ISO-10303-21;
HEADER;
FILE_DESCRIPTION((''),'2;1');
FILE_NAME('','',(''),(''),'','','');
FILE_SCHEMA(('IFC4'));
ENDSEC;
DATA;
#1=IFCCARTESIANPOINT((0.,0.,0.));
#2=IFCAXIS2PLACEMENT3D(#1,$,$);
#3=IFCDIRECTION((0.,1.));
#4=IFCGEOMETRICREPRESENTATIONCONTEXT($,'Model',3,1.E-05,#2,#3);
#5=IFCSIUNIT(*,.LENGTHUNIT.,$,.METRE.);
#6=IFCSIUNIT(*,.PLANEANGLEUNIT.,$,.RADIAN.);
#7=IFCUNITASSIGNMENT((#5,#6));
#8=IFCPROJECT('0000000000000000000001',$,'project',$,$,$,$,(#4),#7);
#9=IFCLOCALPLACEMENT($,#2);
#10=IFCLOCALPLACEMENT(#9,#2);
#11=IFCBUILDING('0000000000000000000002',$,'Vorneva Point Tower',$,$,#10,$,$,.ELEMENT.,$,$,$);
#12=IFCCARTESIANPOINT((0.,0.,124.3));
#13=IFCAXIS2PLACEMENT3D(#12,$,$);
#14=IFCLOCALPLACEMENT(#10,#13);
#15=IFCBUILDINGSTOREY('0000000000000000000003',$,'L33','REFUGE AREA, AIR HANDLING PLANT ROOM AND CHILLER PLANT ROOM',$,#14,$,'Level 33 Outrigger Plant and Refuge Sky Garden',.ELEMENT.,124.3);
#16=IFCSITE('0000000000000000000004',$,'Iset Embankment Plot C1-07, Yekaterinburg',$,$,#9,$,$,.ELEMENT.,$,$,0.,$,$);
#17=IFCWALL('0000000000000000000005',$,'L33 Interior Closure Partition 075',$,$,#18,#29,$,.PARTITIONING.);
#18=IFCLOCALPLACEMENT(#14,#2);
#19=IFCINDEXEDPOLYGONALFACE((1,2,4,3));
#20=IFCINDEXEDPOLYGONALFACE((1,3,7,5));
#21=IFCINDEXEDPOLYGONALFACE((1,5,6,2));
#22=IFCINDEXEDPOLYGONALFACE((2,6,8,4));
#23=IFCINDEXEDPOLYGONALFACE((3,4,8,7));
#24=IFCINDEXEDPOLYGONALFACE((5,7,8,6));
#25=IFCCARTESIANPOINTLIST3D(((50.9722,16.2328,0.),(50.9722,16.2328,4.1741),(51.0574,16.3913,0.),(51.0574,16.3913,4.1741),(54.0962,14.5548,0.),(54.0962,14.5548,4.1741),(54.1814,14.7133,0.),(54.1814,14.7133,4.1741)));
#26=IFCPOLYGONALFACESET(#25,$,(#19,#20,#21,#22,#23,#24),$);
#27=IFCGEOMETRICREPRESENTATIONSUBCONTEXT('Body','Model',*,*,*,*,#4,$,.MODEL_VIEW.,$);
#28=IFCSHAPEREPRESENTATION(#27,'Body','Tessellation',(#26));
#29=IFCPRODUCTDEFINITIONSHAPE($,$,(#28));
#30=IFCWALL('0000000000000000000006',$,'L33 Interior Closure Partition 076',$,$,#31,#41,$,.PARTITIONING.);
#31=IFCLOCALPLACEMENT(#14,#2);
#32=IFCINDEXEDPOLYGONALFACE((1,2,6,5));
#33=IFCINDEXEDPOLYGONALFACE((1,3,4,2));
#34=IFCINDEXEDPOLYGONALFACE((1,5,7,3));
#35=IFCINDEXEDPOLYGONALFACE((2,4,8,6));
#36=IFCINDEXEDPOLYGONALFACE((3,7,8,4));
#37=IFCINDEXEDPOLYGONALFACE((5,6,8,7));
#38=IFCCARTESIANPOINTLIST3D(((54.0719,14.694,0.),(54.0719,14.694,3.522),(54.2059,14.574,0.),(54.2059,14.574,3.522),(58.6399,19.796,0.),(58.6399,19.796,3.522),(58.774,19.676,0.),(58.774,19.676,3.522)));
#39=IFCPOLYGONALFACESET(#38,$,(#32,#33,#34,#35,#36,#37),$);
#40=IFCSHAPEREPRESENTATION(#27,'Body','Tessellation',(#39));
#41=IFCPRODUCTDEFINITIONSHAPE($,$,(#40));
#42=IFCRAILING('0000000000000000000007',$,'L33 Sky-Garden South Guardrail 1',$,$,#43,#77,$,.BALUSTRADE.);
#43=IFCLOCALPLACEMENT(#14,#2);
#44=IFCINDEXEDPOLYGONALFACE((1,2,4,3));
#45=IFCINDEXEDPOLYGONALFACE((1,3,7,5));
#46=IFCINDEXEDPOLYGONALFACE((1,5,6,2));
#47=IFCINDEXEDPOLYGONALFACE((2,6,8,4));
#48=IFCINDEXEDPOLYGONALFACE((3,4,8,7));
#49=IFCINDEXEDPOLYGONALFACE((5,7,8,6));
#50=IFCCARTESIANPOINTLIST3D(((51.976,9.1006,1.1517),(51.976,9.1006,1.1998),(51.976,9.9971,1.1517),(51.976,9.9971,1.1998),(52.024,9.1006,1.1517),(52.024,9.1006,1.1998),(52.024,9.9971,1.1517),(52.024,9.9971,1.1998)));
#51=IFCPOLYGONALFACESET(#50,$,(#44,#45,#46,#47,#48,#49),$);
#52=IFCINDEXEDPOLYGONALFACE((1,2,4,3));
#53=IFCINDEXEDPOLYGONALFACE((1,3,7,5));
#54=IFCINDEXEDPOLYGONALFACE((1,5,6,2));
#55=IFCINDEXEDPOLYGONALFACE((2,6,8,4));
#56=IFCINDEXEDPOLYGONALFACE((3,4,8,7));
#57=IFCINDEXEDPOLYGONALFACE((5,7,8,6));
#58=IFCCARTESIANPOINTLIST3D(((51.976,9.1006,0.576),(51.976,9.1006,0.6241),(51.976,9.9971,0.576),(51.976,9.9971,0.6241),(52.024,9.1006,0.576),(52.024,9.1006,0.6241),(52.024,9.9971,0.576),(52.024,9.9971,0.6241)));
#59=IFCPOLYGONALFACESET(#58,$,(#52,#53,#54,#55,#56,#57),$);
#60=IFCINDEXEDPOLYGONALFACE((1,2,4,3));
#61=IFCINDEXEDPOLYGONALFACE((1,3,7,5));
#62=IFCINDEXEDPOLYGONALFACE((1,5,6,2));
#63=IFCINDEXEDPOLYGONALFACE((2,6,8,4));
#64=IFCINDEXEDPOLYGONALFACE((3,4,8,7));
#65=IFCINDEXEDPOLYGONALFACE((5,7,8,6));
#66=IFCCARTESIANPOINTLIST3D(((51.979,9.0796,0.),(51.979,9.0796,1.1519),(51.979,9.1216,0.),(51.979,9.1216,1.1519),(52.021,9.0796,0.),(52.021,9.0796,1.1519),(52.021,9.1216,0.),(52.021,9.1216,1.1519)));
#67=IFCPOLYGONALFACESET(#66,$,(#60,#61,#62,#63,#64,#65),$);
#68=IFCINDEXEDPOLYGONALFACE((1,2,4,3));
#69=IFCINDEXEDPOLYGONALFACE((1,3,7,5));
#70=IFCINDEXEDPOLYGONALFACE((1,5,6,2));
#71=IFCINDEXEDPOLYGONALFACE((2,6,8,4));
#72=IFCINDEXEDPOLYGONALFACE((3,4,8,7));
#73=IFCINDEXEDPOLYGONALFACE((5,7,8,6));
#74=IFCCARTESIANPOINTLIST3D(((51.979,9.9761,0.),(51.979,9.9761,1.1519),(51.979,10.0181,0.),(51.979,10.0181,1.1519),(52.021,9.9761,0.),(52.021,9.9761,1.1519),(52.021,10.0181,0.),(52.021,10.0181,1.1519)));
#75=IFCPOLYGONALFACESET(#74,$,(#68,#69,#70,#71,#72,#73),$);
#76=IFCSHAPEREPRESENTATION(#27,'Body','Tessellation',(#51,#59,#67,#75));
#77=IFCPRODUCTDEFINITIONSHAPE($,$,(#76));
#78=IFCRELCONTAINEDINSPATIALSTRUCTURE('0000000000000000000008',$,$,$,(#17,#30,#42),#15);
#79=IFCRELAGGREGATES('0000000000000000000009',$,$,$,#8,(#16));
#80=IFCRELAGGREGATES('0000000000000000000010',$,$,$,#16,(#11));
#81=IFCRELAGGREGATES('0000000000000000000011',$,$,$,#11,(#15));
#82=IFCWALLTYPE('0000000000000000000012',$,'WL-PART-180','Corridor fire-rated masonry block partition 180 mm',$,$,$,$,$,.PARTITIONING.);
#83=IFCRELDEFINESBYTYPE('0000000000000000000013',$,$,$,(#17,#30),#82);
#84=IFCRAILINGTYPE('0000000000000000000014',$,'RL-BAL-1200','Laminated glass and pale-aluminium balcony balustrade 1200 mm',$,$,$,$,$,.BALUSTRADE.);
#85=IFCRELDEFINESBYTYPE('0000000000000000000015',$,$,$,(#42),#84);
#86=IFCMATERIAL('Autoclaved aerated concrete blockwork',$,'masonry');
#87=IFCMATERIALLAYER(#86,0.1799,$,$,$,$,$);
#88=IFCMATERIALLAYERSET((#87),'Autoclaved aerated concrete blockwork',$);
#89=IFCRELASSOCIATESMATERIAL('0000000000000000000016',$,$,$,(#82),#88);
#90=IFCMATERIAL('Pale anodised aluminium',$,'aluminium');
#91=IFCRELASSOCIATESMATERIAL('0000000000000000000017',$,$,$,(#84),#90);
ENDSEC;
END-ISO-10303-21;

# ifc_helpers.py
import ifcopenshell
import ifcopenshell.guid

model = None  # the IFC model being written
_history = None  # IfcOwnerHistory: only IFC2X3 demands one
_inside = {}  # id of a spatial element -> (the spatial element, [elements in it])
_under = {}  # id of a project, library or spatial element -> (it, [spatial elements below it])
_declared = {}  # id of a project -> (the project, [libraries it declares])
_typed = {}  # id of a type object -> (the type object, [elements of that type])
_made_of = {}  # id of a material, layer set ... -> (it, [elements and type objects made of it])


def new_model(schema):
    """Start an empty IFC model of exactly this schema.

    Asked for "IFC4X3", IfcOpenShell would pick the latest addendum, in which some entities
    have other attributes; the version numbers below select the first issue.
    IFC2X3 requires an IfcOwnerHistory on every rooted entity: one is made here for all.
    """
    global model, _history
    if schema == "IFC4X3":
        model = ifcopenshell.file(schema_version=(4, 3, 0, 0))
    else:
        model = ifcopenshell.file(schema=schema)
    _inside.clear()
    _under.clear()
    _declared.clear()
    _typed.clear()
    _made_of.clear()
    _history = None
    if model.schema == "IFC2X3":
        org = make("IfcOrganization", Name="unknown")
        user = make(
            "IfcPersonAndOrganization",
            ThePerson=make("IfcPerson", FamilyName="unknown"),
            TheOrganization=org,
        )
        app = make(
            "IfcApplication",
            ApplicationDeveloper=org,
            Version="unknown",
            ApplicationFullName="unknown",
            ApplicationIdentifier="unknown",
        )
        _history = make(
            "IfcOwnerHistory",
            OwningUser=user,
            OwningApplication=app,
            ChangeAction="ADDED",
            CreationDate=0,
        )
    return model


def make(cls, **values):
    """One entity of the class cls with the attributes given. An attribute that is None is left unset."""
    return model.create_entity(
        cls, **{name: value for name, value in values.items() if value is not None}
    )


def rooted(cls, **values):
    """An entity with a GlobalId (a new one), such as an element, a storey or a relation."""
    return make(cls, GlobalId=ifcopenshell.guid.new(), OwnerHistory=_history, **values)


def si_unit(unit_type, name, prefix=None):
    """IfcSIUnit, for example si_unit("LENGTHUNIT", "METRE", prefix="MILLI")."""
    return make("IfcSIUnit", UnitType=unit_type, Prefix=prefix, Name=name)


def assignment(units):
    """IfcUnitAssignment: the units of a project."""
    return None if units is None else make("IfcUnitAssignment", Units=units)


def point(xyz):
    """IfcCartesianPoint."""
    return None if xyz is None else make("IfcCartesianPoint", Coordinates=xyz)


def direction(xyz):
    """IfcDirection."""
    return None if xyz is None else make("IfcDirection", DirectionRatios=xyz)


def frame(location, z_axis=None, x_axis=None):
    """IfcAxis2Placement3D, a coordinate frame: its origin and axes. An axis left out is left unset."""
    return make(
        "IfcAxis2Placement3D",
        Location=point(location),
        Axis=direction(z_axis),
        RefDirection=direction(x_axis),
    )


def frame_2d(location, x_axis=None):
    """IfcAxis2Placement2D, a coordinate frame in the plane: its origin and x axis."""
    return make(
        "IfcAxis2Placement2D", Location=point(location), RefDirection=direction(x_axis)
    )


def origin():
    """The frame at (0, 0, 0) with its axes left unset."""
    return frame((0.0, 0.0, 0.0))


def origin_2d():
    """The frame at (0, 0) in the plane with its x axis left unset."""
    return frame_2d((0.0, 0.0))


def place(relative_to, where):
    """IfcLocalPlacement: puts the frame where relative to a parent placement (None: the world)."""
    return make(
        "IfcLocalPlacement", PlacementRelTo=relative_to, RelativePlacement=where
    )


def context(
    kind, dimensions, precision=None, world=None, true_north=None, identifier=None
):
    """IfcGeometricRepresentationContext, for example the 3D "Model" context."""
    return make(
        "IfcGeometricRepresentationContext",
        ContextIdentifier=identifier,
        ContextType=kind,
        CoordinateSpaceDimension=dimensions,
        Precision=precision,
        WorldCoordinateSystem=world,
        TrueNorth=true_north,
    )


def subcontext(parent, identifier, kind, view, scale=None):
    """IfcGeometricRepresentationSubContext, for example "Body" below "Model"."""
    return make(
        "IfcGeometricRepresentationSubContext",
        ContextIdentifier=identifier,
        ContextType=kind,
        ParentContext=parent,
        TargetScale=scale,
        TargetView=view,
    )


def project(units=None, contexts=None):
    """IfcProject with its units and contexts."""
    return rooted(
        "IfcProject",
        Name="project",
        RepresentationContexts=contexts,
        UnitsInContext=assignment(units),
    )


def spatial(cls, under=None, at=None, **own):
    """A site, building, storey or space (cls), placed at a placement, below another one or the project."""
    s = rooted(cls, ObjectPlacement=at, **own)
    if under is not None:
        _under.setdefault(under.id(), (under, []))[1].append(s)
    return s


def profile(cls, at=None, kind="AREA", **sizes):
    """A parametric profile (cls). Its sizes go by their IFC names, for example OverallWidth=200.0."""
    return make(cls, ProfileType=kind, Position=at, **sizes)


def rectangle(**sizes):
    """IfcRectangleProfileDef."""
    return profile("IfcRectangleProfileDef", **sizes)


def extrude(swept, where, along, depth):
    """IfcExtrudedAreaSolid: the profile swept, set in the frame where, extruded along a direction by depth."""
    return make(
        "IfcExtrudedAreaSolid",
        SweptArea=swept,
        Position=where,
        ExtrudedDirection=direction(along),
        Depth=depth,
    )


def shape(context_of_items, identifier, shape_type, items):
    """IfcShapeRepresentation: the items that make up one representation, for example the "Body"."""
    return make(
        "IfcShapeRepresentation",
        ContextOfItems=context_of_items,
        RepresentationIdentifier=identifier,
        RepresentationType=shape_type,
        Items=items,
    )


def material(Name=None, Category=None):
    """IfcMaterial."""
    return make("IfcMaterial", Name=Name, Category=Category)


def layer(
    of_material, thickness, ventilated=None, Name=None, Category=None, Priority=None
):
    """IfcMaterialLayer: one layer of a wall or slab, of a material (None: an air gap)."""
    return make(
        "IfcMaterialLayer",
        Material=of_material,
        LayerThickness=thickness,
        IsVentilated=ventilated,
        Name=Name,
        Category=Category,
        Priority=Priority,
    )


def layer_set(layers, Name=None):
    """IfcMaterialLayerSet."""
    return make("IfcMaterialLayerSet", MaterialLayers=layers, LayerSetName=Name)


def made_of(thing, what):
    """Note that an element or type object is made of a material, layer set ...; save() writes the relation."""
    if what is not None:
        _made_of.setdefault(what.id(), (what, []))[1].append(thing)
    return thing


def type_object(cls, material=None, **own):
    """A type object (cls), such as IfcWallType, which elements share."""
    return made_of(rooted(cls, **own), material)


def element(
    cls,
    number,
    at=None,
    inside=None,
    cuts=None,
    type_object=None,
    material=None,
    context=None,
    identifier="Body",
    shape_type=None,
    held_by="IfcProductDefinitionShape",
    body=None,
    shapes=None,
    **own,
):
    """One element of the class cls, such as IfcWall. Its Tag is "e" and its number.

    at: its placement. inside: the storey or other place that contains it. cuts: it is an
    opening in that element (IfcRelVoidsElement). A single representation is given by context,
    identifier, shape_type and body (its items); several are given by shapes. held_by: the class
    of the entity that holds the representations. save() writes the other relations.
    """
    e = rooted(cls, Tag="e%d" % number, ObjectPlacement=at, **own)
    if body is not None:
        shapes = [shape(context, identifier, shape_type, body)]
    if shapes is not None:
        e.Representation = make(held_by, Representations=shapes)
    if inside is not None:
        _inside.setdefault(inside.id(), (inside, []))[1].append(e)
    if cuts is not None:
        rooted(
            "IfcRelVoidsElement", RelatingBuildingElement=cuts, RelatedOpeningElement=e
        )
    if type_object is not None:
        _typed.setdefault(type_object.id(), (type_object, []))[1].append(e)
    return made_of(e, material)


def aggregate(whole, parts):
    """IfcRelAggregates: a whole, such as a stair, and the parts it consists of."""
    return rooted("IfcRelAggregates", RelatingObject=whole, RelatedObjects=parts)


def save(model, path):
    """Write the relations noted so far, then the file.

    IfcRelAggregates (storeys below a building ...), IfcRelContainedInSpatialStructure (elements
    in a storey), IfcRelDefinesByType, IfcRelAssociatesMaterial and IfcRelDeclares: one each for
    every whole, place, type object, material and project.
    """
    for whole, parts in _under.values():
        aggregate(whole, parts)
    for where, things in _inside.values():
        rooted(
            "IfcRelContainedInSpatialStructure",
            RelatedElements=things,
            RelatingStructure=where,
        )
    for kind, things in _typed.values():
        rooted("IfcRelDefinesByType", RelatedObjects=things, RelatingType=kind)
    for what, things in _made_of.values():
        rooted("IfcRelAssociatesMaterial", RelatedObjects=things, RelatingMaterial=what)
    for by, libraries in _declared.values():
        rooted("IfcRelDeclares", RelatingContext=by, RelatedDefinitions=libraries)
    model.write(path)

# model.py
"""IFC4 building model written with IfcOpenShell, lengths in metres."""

from ifc_helpers import new_model, si_unit, direction, frame, frame_2d, origin, origin_2d, place, context, subcontext, project, spatial, rectangle, extrude, material, layer, layer_set, type_object, element, save


model = new_model("IFC4")

# Units and contexts
model_context = context("Model", 3, precision=1e-05, world=origin(), true_north=direction((0.0, 1.0)))
body_context = subcontext(model_context, "Body", "Model", "MODEL_VIEW")
ifc_project = project(units=[si_unit("LENGTHUNIT", "METRE"), si_unit("PLANEANGLEUNIT", "RADIAN")], contexts=[model_context])

# Site, building, storey
site_placement = place(None, origin())
site = spatial("IfcSite", under=ifc_project, at=site_placement, Name="Iset Embankment Plot C1-07, Yekaterinburg", CompositionType="ELEMENT", RefElevation=0.0)
building_placement = place(site_placement, origin())
building = spatial("IfcBuilding", under=site, at=building_placement, Name="Vorneva Point Tower", CompositionType="ELEMENT")
storey_placement = place(building_placement, frame((0.0, 0.0, 124.3)))
storey = spatial("IfcBuildingStorey", under=building, at=storey_placement, Name="L33", Description="REFUGE AREA, AIR HANDLING PLANT ROOM AND CHILLER PLANT ROOM", LongName="Level 33 Outrigger Plant and Refuge Sky Garden", CompositionType="ELEMENT", Elevation=124.3)

# Walls
ifc_material_1 = material(Name="Autoclaved aerated concrete blockwork", Category="masonry")
ifc_layer_1 = layer(ifc_material_1, 0.1799)
ifc_layer_set_1 = layer_set([ifc_layer_1], Name="Autoclaved aerated concrete blockwork")
wall_type_1 = type_object("IfcWallType", Name="WL-PART-180", Description="Corridor fire-rated masonry block partition 180 mm", PredefinedType="PARTITIONING", material=ifc_layer_set_1)
wall_1_placement = place(storey_placement, frame((51.0149, 16.312, 0.0), z_axis=(0.0, 0.0, 1.0), x_axis=(0.880964, -0.473184, 0.0)))
element("IfcWall", 1, at=wall_1_placement, inside=storey, type_object=wall_type_1, Name="L33 Interior Closure Partition 075", PredefinedType="PARTITIONING", context=body_context, shape_type="SweptSolid", body=[
    extrude(rectangle(XDim=3.5461, YDim=0.1799, at=frame_2d((1.7729, 0.0))), origin(), (0.0, 0.0, 1.0), 4.1741),
])
wall_2_placement = place(storey_placement, frame((54.1389, 14.634, 0.0), z_axis=(0.0, 0.0, 1.0), x_axis=(0.667048, 0.745015, 0.0)))
element("IfcWall", 2, at=wall_2_placement, inside=storey, type_object=wall_type_1, Name="L33 Interior Closure Partition 076", PredefinedType="PARTITIONING", context=body_context, shape_type="SweptSolid", body=[
    extrude(rectangle(XDim=6.8481, YDim=0.1799, at=frame_2d((3.4241, 0.0))), origin(), (0.0, 0.0, 1.0), 3.522),
])

# Railing
ifc_material_2 = material(Name="Pale anodised aluminium", Category="aluminium")
railing_type = type_object("IfcRailingType", Name="RL-BAL-1200", Description="Laminated glass and pale-aluminium balcony balustrade 1200 mm", PredefinedType="BALUSTRADE", material=ifc_material_2)
railing_placement = place(storey_placement, frame((52.0, 9.1006, 0.0)))
element("IfcRailing", 3, at=railing_placement, inside=storey, type_object=railing_type, Name="L33 Sky-Garden South Guardrail 1", PredefinedType="BALUSTRADE", context=body_context, shape_type="SweptSolid", body=[
    extrude(rectangle(XDim=0.0481, YDim=0.0481, at=origin_2d()), frame((0.0, 0.0, 1.1758), z_axis=(0.0, 1.0, 0.0), x_axis=(-1.0, 0.0, 0.0)), (0.0, 0.0, 1.0), 0.8965),
    extrude(rectangle(XDim=0.0481, YDim=0.0481, at=origin_2d()), frame((0.0, 0.0, 0.6001), z_axis=(0.0, 1.0, 0.0), x_axis=(-1.0, 0.0, 0.0)), (0.0, 0.0, 1.0), 0.8965),
    extrude(rectangle(XDim=0.042, YDim=0.042, at=origin_2d()), origin(), (0.0, 0.0, 1.0), 1.1519),
    extrude(rectangle(XDim=0.042, YDim=0.042, at=origin_2d()), frame((0.0, 0.8965, 0.0)), (0.0, 0.0, 1.0), 1.1519),
])

save(model, "model.ifc")
